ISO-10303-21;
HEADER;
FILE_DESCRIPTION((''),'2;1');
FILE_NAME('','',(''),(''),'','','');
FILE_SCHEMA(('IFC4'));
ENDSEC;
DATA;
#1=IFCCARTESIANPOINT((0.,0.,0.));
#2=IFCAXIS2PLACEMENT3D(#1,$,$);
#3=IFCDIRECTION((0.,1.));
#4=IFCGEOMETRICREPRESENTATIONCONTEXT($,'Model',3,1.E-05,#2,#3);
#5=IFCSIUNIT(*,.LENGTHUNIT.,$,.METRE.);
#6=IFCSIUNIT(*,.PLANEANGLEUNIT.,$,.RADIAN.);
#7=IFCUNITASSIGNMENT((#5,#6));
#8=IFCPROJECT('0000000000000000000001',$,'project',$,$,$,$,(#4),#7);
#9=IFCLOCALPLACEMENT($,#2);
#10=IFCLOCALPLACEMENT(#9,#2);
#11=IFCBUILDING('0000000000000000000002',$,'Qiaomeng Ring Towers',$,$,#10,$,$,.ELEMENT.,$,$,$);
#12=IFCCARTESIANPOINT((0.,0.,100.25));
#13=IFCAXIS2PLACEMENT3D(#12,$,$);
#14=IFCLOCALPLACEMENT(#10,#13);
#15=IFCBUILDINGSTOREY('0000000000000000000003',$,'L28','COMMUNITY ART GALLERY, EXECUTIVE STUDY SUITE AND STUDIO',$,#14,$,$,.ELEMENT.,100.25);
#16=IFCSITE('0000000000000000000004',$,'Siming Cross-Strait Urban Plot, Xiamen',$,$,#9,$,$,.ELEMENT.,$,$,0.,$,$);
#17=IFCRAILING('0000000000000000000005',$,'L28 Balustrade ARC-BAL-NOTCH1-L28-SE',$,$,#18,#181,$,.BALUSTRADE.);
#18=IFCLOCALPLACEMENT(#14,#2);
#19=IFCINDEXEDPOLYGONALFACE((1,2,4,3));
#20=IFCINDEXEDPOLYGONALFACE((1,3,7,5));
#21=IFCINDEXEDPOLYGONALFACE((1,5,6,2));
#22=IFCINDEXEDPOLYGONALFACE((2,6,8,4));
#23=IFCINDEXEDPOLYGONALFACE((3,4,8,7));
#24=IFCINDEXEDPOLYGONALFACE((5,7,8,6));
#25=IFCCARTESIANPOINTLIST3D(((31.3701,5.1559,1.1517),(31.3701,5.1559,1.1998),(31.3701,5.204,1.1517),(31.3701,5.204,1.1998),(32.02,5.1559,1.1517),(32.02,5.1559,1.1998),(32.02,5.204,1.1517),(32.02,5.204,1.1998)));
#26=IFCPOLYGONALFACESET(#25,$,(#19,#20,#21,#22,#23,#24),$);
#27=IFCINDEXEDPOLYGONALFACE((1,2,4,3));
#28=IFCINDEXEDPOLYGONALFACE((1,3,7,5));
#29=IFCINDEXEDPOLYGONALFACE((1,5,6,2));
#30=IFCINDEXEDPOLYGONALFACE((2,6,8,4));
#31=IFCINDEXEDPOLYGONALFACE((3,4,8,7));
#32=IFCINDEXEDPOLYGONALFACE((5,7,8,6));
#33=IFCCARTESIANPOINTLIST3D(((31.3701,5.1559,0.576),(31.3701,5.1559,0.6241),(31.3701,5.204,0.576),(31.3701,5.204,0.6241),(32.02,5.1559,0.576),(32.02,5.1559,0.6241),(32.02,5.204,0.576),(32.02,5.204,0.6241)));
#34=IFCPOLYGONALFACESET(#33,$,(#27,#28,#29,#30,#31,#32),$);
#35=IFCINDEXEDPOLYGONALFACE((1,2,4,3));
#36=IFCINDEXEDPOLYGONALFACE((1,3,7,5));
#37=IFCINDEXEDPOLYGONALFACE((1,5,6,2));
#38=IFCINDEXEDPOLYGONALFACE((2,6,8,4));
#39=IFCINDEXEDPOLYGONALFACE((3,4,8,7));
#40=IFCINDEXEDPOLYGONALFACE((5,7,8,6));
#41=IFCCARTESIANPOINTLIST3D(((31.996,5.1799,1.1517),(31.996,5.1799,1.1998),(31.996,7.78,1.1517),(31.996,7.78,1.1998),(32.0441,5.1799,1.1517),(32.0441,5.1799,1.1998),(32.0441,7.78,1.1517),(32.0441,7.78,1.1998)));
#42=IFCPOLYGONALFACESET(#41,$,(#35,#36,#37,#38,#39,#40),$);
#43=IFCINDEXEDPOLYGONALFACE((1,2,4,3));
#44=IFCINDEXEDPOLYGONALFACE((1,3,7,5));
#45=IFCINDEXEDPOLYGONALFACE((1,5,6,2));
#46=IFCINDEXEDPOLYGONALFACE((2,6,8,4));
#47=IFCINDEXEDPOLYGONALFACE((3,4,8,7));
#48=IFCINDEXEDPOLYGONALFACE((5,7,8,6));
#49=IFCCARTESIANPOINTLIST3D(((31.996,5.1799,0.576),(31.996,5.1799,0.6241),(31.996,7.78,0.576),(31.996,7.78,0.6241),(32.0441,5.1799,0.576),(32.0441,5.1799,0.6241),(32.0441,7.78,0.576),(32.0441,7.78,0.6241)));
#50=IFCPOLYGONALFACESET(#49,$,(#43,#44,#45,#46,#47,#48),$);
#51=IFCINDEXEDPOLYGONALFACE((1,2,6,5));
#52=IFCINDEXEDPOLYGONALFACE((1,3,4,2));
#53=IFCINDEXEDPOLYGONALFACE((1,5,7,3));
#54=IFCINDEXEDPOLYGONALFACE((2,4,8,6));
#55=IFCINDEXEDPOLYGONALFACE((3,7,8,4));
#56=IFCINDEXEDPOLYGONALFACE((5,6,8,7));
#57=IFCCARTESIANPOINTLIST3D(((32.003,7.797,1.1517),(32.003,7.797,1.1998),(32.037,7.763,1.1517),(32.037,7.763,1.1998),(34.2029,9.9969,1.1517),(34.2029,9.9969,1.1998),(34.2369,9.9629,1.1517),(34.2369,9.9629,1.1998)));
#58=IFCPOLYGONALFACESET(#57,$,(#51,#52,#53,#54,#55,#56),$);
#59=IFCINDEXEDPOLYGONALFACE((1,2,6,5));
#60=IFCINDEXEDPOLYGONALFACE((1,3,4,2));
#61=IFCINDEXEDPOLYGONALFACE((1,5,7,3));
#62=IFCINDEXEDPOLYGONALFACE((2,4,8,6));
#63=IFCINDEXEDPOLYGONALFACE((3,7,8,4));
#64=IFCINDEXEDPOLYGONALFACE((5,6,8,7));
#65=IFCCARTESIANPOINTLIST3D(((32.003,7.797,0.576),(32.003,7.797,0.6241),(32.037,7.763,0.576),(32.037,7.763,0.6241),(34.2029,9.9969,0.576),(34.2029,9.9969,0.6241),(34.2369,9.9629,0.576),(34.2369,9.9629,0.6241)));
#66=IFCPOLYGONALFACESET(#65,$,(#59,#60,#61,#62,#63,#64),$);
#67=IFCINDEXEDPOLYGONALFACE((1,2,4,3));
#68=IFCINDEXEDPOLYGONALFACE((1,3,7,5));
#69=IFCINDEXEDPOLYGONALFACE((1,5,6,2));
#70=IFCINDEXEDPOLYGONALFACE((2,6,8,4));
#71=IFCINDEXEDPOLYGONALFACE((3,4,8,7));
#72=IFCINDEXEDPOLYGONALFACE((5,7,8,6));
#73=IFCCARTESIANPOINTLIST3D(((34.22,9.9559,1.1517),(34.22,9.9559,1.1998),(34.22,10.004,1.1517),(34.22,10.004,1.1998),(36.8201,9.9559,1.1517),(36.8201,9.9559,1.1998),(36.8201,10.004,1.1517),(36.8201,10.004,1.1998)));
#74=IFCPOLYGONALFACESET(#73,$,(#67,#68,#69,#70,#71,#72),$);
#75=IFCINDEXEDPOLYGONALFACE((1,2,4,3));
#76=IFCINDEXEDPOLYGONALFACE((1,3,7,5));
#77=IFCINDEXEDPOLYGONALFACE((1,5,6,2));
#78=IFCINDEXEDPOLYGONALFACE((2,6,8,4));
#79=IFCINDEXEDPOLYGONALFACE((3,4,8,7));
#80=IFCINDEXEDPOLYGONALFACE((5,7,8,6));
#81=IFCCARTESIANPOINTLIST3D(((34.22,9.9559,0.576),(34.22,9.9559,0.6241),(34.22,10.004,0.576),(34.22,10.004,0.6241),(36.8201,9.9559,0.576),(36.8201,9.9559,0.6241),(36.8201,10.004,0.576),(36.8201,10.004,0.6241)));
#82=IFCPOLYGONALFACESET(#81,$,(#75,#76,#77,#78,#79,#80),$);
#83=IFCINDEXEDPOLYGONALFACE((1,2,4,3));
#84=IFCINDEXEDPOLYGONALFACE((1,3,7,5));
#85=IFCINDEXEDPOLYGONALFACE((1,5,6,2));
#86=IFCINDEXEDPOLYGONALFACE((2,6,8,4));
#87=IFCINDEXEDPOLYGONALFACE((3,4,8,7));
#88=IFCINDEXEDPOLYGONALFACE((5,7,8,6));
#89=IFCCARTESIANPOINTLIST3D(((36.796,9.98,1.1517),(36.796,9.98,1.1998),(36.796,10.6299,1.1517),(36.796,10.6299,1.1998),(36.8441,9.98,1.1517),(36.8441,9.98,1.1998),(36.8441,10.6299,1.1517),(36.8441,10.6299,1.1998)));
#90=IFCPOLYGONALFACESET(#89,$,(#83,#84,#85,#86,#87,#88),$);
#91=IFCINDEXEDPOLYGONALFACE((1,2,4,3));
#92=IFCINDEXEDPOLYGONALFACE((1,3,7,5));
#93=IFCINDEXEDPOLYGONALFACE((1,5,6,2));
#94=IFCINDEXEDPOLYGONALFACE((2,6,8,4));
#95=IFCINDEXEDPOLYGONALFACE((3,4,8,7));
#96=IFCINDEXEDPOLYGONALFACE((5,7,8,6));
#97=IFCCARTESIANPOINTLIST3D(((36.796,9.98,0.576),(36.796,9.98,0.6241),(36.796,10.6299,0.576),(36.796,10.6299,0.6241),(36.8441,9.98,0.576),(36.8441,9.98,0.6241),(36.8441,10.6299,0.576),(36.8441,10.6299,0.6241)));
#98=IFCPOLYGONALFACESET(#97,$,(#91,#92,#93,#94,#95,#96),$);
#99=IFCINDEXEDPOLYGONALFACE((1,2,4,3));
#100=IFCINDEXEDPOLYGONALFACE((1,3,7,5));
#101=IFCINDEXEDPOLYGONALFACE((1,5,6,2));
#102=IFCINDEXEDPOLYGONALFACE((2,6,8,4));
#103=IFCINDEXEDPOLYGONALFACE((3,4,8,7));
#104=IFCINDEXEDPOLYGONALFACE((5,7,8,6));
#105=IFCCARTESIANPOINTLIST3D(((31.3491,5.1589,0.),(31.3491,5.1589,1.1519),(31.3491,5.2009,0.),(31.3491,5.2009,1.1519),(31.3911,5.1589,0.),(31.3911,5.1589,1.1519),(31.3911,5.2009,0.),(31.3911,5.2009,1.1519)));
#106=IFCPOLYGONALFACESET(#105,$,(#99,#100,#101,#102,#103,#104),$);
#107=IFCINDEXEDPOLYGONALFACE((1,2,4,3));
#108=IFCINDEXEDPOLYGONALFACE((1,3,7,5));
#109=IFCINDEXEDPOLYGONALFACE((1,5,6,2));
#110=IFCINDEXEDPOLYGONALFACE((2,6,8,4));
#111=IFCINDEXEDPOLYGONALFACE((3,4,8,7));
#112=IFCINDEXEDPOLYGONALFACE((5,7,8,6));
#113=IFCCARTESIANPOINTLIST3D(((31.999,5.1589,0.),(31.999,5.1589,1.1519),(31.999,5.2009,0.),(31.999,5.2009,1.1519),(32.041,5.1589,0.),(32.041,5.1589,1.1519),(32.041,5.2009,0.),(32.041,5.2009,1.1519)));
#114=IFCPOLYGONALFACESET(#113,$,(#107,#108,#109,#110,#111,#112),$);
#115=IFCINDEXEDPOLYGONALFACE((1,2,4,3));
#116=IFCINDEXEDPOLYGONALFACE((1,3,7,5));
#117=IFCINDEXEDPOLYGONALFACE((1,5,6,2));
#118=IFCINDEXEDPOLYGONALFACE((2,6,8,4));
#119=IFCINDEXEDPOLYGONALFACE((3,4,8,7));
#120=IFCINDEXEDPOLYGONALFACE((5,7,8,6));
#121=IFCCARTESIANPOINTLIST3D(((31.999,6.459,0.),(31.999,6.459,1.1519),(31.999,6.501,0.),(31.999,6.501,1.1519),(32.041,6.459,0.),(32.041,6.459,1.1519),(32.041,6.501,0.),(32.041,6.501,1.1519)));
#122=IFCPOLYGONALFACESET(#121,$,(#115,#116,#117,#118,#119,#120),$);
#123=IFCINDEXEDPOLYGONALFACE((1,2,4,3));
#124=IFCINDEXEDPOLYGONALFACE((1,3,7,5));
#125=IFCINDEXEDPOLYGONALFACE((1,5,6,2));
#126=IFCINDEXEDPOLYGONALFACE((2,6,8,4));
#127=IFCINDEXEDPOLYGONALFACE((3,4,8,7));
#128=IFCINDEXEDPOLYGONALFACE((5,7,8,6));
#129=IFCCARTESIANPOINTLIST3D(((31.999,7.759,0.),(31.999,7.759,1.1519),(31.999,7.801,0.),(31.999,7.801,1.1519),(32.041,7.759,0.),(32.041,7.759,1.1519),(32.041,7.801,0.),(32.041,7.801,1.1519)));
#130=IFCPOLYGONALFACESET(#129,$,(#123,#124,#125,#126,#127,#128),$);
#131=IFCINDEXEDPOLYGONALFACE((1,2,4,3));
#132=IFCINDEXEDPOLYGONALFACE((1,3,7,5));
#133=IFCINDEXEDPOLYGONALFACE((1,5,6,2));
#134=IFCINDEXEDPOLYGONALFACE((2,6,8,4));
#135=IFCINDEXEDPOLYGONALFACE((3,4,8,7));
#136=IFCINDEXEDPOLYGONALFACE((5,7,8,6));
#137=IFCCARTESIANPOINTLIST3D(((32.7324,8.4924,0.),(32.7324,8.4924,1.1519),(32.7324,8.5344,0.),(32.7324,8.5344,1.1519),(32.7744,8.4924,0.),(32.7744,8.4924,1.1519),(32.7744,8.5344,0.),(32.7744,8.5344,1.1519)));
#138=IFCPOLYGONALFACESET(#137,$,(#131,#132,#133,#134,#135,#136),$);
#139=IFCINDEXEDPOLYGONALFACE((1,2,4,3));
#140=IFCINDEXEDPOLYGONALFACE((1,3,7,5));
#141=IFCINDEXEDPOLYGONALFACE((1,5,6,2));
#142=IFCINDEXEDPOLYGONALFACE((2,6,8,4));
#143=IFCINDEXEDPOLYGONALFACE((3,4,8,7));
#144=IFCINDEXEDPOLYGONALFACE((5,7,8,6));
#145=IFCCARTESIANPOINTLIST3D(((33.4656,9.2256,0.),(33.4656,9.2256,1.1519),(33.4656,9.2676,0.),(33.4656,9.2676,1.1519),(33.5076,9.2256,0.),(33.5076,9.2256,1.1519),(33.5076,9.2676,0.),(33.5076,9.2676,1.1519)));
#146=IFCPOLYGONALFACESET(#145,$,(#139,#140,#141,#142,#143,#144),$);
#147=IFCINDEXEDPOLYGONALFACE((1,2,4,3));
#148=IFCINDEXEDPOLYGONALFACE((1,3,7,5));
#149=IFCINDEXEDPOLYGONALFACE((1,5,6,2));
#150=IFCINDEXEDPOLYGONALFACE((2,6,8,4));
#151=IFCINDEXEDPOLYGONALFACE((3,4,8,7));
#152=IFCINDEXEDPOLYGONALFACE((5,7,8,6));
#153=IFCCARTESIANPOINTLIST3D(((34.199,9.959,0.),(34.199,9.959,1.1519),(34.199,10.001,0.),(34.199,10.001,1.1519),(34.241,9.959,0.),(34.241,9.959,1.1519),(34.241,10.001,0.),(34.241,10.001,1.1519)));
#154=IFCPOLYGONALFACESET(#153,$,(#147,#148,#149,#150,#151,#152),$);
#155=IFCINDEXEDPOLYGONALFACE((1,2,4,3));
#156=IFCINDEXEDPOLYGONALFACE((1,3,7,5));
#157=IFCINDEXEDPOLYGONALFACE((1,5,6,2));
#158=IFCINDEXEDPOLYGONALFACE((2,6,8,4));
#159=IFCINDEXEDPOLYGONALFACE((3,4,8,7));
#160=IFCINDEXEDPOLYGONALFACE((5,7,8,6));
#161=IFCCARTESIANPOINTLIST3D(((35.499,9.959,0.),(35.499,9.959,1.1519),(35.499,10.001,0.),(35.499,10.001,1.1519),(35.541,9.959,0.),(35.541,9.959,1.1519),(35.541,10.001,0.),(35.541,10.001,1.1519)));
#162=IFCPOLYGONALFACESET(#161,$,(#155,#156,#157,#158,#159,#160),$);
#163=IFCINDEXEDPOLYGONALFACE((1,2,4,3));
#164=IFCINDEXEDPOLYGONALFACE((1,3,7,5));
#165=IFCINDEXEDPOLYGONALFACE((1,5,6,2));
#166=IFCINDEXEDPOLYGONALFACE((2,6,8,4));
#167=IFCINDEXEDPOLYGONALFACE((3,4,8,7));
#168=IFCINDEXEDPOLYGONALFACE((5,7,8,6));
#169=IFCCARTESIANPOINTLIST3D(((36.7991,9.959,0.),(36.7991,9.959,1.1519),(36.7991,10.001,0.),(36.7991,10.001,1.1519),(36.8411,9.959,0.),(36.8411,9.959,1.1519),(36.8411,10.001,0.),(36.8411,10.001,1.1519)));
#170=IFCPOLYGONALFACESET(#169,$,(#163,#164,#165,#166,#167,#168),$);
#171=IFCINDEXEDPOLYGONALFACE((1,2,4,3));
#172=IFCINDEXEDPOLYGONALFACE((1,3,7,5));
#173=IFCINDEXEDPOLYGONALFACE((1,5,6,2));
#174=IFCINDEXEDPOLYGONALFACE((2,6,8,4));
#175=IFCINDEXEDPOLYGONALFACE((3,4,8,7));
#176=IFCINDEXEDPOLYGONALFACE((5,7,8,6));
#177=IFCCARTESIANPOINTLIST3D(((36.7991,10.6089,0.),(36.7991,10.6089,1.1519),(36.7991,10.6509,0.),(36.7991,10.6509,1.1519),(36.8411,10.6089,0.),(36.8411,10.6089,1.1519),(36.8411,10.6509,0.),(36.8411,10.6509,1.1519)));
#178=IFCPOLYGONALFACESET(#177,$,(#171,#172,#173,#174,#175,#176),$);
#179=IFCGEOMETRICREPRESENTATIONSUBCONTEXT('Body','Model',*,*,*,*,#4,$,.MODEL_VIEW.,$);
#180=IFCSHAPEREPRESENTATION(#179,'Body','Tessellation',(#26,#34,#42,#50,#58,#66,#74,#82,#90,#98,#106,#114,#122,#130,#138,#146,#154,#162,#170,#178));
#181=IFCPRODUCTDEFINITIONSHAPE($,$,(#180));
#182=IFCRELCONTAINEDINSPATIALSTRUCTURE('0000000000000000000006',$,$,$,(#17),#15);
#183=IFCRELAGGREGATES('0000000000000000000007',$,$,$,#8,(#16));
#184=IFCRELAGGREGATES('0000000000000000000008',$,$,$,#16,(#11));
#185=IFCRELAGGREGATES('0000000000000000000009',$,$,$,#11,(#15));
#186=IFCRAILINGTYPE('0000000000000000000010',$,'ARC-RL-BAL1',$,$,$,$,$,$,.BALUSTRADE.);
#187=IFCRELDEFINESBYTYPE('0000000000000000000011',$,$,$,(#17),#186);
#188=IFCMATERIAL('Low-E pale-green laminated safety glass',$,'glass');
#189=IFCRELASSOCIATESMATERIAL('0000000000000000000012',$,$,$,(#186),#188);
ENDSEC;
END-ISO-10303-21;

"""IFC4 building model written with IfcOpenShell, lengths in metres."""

from ifc_helpers import new_model, si_unit, direction, frame, origin, origin_2d, place, context, subcontext, project, spatial, rectangle, extrude, material, type_object, element, save


model = new_model("IFC4")

# Units and contexts
model_context = context("Model", 3, precision=1e-05, world=origin(), true_north=direction((0.0, 1.0)))
body_context = subcontext(model_context, "Body", "Model", "MODEL_VIEW")
ifc_project = project(units=[si_unit("LENGTHUNIT", "METRE"), si_unit("PLANEANGLEUNIT", "RADIAN")], contexts=[model_context])

# Site, building, storey
site_placement = place(None, origin())
site = spatial("IfcSite", under=ifc_project, at=site_placement, Name="Siming Cross-Strait Urban Plot, Xiamen", CompositionType="ELEMENT", RefElevation=0.0)
building_placement = place(site_placement, origin())
building = spatial("IfcBuilding", under=site, at=building_placement, Name="Qiaomeng Ring Towers", CompositionType="ELEMENT")
storey_placement = place(building_placement, frame((0.0, 0.0, 100.25)))
storey = spatial("IfcBuildingStorey", under=building, at=storey_placement, Name="L28", Description="COMMUNITY ART GALLERY, EXECUTIVE STUDY SUITE AND STUDIO", CompositionType="ELEMENT", Elevation=100.25)

# Railing
ifc_material_1 = material(Name="Low-E pale-green laminated safety glass", Category="glass")
railing_type = type_object("IfcRailingType", Name="ARC-RL-BAL1", PredefinedType="BALUSTRADE", material=ifc_material_1)
railing_placement = place(storey_placement, frame((31.3701, 5.1799, 0.0)))
element("IfcRailing", 1, at=railing_placement, inside=storey, type_object=railing_type, Name="L28 Balustrade ARC-BAL-NOTCH1-L28-SE", PredefinedType="BALUSTRADE", context=body_context, shape_type="SweptSolid", body=[
    extrude(rectangle(XDim=0.0481, YDim=0.0481, at=origin_2d()), frame((0.0, 0.0, 1.1758), z_axis=(1.0, 0.0, 0.0), x_axis=(0.0, 1.0, 0.0)), (0.0, 0.0, 1.0), 0.6499),
    extrude(rectangle(XDim=0.0481, YDim=0.0481, at=origin_2d()), frame((0.0, 0.0, 0.6001), z_axis=(1.0, 0.0, 0.0), x_axis=(0.0, 1.0, 0.0)), (0.0, 0.0, 1.0), 0.6499),
    extrude(rectangle(XDim=0.0481, YDim=0.0481, at=origin_2d()), frame((0.6499, 0.0, 1.1758), z_axis=(0.0, 1.0, 0.0), x_axis=(-1.0, 0.0, 0.0)), (0.0, 0.0, 1.0), 2.6001),
    extrude(rectangle(XDim=0.0481, YDim=0.0481, at=origin_2d()), frame((0.6499, 0.0, 0.6001), z_axis=(0.0, 1.0, 0.0), x_axis=(-1.0, 0.0, 0.0)), (0.0, 0.0, 1.0), 2.6001),
    extrude(rectangle(XDim=0.0481, YDim=0.0481, at=origin_2d()), frame((0.6499, 2.6001, 1.1758), z_axis=(0.707107, 0.707107, 0.0), x_axis=(-0.707107, 0.707107, 0.0)), (0.0, 0.0, 1.0), 3.1111),
    extrude(rectangle(XDim=0.0481, YDim=0.0481, at=origin_2d()), frame((0.6499, 2.6001, 0.6001), z_axis=(0.707107, 0.707107, 0.0), x_axis=(-0.707107, 0.707107, 0.0)), (0.0, 0.0, 1.0), 3.1111),
    extrude(rectangle(XDim=0.0481, YDim=0.0481, at=origin_2d()), frame((2.8499, 4.8, 1.1758), z_axis=(1.0, 0.0, 0.0), x_axis=(0.0, 1.0, 0.0)), (0.0, 0.0, 1.0), 2.6001),
    extrude(rectangle(XDim=0.0481, YDim=0.0481, at=origin_2d()), frame((2.8499, 4.8, 0.6001), z_axis=(1.0, 0.0, 0.0), x_axis=(0.0, 1.0, 0.0)), (0.0, 0.0, 1.0), 2.6001),
    extrude(rectangle(XDim=0.0481, YDim=0.0481, at=origin_2d()), frame((5.45, 4.8, 1.1758), z_axis=(0.0, 1.0, 0.0), x_axis=(-1.0, 0.0, 0.0)), (0.0, 0.0, 1.0), 0.6499),
    extrude(rectangle(XDim=0.0481, YDim=0.0481, at=origin_2d()), frame((5.45, 4.8, 0.6001), z_axis=(0.0, 1.0, 0.0), x_axis=(-1.0, 0.0, 0.0)), (0.0, 0.0, 1.0), 0.6499),
    extrude(rectangle(XDim=0.042, YDim=0.042, at=origin_2d()), origin(), (0.0, 0.0, 1.0), 1.1519),
    extrude(rectangle(XDim=0.042, YDim=0.042, at=origin_2d()), frame((0.6499, 0.0, 0.0)), (0.0, 0.0, 1.0), 1.1519),
    extrude(rectangle(XDim=0.042, YDim=0.042, at=origin_2d()), frame((0.6499, 1.3, 0.0)), (0.0, 0.0, 1.0), 1.1519),
    extrude(rectangle(XDim=0.042, YDim=0.042, at=origin_2d()), frame((0.6499, 2.6001, 0.0)), (0.0, 0.0, 1.0), 1.1519),
    extrude(rectangle(XDim=0.042, YDim=0.042, at=origin_2d()), frame((1.3833, 3.3335, 0.0)), (0.0, 0.0, 1.0), 1.1519),
    extrude(rectangle(XDim=0.042, YDim=0.042, at=origin_2d()), frame((2.1165, 4.0667, 0.0)), (0.0, 0.0, 1.0), 1.1519),
    extrude(rectangle(XDim=0.042, YDim=0.042, at=origin_2d()), frame((2.8499, 4.8, 0.0)), (0.0, 0.0, 1.0), 1.1519),
    extrude(rectangle(XDim=0.042, YDim=0.042, at=origin_2d()), frame((4.1499, 4.8, 0.0)), (0.0, 0.0, 1.0), 1.1519),
    extrude(rectangle(XDim=0.042, YDim=0.042, at=origin_2d()), frame((5.45, 4.8, 0.0)), (0.0, 0.0, 1.0), 1.1519),
    extrude(rectangle(XDim=0.042, YDim=0.042, at=origin_2d()), frame((5.45, 5.45, 0.0)), (0.0, 0.0, 1.0), 1.1519),
])

save(model, "model.ifc")
